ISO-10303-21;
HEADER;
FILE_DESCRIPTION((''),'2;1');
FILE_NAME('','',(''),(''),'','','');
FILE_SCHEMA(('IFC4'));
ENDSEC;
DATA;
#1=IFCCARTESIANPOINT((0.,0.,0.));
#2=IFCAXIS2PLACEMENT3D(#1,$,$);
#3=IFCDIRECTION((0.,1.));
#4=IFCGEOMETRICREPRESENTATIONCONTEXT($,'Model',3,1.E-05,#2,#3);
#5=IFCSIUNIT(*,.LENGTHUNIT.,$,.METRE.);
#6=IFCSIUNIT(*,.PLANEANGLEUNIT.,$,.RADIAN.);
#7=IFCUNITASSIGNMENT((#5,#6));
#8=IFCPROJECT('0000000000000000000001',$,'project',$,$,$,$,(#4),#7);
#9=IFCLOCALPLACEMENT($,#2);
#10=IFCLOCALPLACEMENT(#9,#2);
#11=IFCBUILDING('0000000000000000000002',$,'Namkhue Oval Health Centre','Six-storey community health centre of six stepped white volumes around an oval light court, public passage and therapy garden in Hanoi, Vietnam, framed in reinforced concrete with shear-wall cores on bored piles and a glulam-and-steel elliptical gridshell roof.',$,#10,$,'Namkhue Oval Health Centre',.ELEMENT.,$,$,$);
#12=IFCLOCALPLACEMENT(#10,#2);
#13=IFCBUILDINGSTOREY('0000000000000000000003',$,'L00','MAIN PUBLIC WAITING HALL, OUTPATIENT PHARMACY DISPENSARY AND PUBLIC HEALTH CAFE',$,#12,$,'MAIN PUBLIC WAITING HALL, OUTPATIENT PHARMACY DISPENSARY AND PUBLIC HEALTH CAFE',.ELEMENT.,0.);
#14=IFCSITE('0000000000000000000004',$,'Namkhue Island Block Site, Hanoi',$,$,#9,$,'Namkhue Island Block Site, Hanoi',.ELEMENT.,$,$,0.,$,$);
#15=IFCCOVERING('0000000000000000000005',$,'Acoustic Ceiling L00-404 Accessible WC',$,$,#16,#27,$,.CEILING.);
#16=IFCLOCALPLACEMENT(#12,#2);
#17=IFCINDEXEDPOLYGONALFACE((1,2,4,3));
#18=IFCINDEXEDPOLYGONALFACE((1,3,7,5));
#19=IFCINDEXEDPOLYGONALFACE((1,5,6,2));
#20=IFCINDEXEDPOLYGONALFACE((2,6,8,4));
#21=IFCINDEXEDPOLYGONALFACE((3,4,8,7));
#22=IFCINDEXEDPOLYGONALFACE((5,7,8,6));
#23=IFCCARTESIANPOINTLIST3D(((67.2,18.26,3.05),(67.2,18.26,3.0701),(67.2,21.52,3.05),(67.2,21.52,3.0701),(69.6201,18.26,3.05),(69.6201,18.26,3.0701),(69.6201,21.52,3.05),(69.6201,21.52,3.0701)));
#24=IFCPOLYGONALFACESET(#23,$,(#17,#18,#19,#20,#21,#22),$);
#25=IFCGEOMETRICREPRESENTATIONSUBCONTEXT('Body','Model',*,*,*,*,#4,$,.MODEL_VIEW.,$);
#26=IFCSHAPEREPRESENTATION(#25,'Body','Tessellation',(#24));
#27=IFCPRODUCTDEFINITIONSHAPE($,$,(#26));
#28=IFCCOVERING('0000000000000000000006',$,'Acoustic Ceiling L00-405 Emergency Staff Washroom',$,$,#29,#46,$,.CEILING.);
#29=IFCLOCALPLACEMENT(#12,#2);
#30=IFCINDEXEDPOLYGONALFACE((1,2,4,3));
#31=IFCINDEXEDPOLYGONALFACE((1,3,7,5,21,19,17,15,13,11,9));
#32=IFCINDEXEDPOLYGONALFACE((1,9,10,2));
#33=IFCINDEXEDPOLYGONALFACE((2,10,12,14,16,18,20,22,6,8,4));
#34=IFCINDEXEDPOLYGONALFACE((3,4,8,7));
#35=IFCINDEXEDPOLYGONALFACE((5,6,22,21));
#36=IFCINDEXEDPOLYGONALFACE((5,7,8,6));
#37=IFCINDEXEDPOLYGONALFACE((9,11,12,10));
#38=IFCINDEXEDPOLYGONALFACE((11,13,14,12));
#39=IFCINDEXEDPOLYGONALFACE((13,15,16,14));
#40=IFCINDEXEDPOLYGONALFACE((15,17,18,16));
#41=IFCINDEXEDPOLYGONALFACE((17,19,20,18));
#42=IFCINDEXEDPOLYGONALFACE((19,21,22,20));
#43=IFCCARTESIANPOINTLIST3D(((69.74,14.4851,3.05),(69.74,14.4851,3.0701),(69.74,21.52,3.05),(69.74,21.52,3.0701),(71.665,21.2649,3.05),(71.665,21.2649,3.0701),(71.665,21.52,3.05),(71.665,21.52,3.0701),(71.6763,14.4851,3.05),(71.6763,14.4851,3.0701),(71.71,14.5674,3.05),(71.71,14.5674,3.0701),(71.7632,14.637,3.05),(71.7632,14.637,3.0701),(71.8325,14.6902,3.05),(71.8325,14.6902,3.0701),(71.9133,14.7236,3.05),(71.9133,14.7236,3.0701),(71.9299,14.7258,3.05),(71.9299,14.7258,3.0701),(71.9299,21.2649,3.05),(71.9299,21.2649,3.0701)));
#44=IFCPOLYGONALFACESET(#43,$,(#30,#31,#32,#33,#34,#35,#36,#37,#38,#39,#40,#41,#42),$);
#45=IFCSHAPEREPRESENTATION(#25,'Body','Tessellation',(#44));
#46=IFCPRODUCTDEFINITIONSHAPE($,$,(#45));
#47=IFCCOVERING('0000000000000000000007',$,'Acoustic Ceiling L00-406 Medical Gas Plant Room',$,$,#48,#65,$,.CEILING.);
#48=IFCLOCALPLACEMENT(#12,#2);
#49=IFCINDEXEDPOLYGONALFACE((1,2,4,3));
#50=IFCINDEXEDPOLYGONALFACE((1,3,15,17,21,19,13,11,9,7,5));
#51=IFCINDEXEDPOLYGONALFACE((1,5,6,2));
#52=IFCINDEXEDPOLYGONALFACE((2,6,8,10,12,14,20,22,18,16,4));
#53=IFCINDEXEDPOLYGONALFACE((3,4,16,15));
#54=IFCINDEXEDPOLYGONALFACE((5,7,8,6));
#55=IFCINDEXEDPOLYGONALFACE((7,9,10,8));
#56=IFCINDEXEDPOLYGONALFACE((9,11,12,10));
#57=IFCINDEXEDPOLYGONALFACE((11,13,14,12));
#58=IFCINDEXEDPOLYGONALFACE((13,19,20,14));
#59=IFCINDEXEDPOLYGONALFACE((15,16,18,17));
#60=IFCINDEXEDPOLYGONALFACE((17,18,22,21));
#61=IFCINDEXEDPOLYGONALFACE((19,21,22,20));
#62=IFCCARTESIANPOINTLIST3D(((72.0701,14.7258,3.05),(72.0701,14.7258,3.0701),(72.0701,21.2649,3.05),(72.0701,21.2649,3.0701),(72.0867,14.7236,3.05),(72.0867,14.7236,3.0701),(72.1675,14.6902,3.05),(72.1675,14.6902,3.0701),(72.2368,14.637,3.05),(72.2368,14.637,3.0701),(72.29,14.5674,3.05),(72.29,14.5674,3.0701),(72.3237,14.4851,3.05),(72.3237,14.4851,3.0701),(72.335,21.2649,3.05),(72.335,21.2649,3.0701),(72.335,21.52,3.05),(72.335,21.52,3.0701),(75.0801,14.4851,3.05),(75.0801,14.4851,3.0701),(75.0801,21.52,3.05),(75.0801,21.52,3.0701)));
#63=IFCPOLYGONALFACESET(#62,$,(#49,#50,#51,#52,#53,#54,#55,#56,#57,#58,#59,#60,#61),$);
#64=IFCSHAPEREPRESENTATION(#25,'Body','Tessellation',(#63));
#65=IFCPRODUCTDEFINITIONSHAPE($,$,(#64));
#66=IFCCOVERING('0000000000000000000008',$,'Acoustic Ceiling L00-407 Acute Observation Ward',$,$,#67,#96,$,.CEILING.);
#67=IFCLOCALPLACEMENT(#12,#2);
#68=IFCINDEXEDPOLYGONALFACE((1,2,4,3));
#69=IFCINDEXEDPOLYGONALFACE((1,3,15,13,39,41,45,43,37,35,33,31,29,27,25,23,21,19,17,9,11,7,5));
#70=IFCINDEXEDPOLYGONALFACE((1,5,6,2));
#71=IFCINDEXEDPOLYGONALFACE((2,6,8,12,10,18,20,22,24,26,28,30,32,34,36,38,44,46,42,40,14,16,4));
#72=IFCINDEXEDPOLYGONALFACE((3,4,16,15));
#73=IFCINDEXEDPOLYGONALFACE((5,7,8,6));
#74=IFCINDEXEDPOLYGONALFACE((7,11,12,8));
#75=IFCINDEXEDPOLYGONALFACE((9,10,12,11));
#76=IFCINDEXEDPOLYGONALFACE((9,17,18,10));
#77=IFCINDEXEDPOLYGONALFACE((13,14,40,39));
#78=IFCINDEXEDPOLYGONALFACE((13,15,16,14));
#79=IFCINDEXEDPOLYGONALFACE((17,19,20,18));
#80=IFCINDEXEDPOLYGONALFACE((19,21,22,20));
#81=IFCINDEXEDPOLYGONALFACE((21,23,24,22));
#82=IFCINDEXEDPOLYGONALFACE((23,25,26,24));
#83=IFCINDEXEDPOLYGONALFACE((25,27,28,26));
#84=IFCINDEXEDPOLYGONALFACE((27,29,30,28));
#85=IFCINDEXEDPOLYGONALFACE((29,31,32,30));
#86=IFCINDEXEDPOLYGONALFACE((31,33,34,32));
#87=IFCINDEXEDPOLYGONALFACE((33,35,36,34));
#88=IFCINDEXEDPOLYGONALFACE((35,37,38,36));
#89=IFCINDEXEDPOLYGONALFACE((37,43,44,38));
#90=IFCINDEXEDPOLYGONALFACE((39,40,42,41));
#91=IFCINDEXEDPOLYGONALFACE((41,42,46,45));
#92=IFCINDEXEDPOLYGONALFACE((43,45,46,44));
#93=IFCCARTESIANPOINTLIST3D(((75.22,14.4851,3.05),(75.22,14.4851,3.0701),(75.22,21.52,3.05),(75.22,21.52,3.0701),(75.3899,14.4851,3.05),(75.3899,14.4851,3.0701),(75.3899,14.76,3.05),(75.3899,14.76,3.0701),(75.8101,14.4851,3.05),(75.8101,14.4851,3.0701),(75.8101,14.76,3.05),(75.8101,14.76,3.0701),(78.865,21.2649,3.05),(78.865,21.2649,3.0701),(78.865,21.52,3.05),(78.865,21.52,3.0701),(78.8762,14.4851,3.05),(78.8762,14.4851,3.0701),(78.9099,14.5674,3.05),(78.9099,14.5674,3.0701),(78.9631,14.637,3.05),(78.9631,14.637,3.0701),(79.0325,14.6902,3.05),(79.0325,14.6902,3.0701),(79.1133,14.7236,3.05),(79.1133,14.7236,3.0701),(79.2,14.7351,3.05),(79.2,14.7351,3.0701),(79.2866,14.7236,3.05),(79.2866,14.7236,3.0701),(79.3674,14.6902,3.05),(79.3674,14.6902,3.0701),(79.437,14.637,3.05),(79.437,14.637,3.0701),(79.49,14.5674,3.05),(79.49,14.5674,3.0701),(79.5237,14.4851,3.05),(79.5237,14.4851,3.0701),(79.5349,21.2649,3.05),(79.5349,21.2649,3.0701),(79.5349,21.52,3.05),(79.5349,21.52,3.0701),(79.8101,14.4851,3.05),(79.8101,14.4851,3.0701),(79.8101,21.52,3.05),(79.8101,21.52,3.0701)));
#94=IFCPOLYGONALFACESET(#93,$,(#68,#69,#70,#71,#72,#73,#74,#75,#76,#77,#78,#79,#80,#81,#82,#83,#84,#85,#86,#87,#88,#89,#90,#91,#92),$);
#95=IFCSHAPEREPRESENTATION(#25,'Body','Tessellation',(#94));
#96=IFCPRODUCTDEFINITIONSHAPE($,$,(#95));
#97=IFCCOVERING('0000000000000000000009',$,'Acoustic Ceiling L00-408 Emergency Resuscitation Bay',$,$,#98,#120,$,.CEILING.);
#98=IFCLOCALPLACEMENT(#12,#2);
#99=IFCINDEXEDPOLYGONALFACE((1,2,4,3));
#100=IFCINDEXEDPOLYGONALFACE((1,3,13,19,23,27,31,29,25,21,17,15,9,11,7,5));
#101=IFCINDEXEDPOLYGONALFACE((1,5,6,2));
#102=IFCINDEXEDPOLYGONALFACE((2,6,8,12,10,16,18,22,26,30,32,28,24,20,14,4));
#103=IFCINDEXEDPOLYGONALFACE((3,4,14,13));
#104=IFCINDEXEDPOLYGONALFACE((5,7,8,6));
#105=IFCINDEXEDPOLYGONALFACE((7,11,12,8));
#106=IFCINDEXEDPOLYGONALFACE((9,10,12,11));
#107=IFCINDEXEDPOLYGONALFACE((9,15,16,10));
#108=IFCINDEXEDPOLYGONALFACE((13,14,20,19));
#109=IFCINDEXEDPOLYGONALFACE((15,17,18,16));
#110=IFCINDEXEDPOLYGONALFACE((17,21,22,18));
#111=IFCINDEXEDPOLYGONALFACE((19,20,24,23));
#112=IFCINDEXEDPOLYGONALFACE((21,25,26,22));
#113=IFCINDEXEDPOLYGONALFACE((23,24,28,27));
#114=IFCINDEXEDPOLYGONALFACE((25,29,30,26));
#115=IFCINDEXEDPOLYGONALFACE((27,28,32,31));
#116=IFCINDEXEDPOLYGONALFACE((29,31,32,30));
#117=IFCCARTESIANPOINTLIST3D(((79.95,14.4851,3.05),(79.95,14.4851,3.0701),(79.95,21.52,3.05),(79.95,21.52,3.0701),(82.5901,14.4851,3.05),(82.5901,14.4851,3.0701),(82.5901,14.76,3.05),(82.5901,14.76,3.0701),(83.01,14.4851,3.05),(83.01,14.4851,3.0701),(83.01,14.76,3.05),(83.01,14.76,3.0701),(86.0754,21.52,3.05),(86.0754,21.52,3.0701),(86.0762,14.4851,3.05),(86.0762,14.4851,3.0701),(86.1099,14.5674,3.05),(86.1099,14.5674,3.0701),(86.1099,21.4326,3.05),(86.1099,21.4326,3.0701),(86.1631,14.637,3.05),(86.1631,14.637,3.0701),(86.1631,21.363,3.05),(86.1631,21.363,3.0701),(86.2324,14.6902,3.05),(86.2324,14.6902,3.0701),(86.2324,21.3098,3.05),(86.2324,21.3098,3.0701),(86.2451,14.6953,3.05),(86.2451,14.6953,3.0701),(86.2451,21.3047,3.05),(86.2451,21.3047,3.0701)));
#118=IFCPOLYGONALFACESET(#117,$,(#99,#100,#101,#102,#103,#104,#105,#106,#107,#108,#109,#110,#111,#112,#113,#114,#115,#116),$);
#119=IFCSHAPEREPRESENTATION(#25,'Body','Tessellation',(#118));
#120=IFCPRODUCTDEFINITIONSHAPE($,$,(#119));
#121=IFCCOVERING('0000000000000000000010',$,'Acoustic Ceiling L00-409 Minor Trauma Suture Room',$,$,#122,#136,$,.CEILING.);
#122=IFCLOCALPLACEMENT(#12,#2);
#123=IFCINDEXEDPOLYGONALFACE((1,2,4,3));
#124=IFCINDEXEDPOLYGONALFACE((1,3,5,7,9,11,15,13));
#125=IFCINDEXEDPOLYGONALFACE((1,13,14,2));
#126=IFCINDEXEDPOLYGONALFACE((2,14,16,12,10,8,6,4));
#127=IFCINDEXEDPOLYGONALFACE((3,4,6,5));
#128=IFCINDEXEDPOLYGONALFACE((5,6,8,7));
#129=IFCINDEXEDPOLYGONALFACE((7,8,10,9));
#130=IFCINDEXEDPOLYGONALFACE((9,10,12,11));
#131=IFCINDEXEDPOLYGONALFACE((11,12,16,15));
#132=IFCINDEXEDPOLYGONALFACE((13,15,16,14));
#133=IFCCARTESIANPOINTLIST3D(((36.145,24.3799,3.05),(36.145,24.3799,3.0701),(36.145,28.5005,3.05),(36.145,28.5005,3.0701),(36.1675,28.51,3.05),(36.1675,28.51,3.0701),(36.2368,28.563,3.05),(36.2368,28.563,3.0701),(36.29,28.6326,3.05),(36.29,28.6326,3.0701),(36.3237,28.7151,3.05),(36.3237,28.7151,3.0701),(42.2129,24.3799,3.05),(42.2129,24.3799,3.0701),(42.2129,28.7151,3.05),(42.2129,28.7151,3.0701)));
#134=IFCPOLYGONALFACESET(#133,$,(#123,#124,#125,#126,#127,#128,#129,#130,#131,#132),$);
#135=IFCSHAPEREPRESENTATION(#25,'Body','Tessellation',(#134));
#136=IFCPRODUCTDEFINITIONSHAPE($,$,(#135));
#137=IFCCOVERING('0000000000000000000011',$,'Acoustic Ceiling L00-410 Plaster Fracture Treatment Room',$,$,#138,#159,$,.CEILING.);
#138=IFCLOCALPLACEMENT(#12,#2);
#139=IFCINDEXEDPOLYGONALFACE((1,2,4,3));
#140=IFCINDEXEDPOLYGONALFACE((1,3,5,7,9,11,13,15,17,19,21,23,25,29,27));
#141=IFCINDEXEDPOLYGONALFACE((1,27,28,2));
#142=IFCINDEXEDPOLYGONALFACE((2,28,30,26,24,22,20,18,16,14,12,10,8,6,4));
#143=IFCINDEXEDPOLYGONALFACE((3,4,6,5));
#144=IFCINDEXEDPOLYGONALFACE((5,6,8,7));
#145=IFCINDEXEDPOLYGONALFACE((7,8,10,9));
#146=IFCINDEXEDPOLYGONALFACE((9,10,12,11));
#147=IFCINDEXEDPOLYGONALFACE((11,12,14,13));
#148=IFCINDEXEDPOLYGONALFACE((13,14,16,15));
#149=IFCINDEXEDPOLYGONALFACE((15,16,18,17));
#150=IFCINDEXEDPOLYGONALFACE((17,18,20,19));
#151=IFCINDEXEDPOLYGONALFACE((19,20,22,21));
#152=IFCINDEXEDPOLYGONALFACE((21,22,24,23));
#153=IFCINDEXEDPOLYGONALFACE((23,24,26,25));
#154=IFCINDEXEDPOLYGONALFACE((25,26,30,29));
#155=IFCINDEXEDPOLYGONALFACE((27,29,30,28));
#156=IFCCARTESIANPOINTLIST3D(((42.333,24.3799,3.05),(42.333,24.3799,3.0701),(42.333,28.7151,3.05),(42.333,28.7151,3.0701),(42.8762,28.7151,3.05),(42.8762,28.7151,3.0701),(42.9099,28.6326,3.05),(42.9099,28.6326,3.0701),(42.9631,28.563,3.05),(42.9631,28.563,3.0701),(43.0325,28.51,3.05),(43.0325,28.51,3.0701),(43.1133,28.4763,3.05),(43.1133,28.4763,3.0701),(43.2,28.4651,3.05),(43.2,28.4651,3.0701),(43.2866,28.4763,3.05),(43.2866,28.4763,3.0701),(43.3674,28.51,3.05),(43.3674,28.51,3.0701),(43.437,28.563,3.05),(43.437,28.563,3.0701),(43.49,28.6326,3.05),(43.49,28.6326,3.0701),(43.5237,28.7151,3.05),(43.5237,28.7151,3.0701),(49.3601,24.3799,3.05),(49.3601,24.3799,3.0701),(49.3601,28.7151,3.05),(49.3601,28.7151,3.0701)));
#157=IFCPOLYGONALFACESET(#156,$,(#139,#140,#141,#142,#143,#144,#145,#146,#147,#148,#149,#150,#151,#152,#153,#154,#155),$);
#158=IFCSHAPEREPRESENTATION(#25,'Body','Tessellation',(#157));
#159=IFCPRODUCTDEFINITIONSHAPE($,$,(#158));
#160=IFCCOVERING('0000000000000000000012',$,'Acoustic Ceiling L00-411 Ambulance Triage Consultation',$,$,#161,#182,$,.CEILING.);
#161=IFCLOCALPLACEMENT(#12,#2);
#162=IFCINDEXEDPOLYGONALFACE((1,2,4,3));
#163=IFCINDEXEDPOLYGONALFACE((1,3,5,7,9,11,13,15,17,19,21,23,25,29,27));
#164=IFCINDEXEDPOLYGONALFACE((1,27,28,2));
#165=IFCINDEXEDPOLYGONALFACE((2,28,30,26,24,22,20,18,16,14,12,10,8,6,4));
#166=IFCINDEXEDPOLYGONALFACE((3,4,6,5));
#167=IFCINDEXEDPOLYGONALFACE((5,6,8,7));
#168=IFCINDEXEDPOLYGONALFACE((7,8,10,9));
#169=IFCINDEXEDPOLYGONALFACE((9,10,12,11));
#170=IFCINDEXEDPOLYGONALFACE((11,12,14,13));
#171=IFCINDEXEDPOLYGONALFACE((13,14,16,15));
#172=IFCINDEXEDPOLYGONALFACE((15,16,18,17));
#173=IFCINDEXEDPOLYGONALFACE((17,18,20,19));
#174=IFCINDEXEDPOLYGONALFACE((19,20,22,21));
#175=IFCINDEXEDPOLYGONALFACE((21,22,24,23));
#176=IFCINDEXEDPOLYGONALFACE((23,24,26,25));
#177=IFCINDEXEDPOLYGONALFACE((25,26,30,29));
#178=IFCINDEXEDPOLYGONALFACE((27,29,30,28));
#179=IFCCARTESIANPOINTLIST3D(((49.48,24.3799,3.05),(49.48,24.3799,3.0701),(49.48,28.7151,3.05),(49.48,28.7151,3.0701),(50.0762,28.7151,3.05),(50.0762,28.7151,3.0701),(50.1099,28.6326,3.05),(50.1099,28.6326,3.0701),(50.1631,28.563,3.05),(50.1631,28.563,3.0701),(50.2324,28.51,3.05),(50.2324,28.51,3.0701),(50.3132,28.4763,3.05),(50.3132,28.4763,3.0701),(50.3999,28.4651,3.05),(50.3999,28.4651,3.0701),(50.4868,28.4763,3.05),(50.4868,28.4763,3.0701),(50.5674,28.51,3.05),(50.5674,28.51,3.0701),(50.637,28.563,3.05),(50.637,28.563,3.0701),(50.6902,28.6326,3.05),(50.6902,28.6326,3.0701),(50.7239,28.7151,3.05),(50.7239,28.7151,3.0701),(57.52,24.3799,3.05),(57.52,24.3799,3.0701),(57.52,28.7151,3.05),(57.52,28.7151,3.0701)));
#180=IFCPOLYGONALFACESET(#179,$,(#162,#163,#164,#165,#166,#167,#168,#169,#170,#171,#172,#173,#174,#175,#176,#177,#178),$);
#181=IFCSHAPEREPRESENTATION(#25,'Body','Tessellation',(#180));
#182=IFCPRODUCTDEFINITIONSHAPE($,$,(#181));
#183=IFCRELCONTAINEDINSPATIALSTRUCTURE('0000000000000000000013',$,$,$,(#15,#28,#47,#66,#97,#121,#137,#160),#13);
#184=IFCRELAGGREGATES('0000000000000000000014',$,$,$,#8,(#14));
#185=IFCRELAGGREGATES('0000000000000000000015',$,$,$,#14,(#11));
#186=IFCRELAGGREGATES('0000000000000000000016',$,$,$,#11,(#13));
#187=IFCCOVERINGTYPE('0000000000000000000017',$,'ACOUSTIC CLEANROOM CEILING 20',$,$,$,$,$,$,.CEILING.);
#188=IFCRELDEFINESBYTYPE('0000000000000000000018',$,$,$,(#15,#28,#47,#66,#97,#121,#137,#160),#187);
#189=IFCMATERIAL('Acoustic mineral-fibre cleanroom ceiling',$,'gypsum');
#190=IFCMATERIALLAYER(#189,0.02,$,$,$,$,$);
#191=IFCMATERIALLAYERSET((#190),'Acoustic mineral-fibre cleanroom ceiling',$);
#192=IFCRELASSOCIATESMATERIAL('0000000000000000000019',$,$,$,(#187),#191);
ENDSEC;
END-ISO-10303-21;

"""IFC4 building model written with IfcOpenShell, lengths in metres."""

from ifc_helpers import new_model, si_unit, direction, frame, origin, place, context, subcontext, project, spatial, polyline, outline, extrude, material, layer, layer_set, type_object, element, save


model = new_model("IFC4")

# Units and contexts
model_context = context("Model", 3, precision=1e-05, world=origin(), true_north=direction((0.0, 1.0)))
body_context = subcontext(model_context, "Body", "Model", "MODEL_VIEW")
ifc_project = project(units=[si_unit("LENGTHUNIT", "METRE"), si_unit("PLANEANGLEUNIT", "RADIAN")], contexts=[model_context])

# Site, building, storey
site_placement = place(None, origin())
site = spatial("IfcSite", under=ifc_project, at=site_placement, Name="Namkhue Island Block Site, Hanoi", LongName="Namkhue Island Block Site, Hanoi", CompositionType="ELEMENT", RefElevation=0.0)
building_placement = place(site_placement, origin())
building = spatial("IfcBuilding", under=site, at=building_placement, Name="Namkhue Oval Health Centre", Description="Six-storey community health centre of six stepped white volumes around an oval light court, public passage and therapy garden in Hanoi, Vietnam, framed in reinforced concrete with shear-wall cores on bored piles and a glulam-and-steel elliptical gridshell roof.", LongName="Namkhue Oval Health Centre", CompositionType="ELEMENT")
storey_placement = place(building_placement, origin())
storey = spatial("IfcBuildingStorey", under=building, at=storey_placement, Name="L00", Description="MAIN PUBLIC WAITING HALL, OUTPATIENT PHARMACY DISPENSARY AND PUBLIC HEALTH CAFE", LongName="MAIN PUBLIC WAITING HALL, OUTPATIENT PHARMACY DISPENSARY AND PUBLIC HEALTH CAFE", CompositionType="ELEMENT", Elevation=0.0)

# Coverings
ifc_material_1 = material(Name="Acoustic mineral-fibre cleanroom ceiling", Category="gypsum")
ifc_layer_1 = layer(ifc_material_1, 0.02)
ifc_layer_set_1 = layer_set([ifc_layer_1], Name="Acoustic mineral-fibre cleanroom ceiling")
covering_type_1 = type_object("IfcCoveringType", Name="ACOUSTIC CLEANROOM CEILING 20", PredefinedType="CEILING", material=ifc_layer_set_1)
covering_1_placement = place(storey_placement, frame((0.0, 0.0, 3.05)))
element("IfcCovering", 1, at=covering_1_placement, inside=storey, type_object=covering_type_1, Name="Acoustic Ceiling L00-404 Accessible WC", PredefinedType="CEILING", context=body_context, shape_type="SweptSolid", body=[
    extrude(outline(polyline([(67.2, 18.26), (67.2, 21.52), (69.6201, 21.52), (69.6201, 18.26), (67.2, 18.26)])), origin(), (0.0, 0.0, 1.0), 0.02),
])
covering_2_placement = place(storey_placement, frame((0.0, 0.0, 3.05)))
element("IfcCovering", 2, at=covering_2_placement, inside=storey, type_object=covering_type_1, Name="Acoustic Ceiling L00-405 Emergency Staff Washroom", PredefinedType="CEILING", context=body_context, shape_type="SweptSolid", body=[
    extrude(outline(polyline([(69.74, 14.4851), (69.74, 21.52), (71.665, 21.52), (71.665, 21.2649), (71.9299, 21.2649), (71.9299, 14.7258), (71.9133, 14.7236), (71.8325, 14.6902), (71.7632, 14.637), (71.71, 14.5674), (71.6763, 14.4851), (69.74, 14.4851)])), origin(), (0.0, 0.0, 1.0), 0.02),
])
covering_3_placement = place(storey_placement, frame((0.0, 0.0, 3.05)))
element("IfcCovering", 3, at=covering_3_placement, inside=storey, type_object=covering_type_1, Name="Acoustic Ceiling L00-406 Medical Gas Plant Room", PredefinedType="CEILING", context=body_context, shape_type="SweptSolid", body=[
    extrude(outline(polyline([(72.3237, 14.4851), (72.29, 14.5674), (72.2368, 14.637), (72.1675, 14.6902), (72.0867, 14.7236), (72.0701, 14.7258), (72.0701, 21.2649), (72.335, 21.2649), (72.335, 21.52), (75.0801, 21.52), (75.0801, 14.4851), (72.3237, 14.4851)])), origin(), (0.0, 0.0, 1.0), 0.02),
])
covering_4_placement = place(storey_placement, frame((0.0, 0.0, 3.05)))
element("IfcCovering", 4, at=covering_4_placement, inside=storey, type_object=covering_type_1, Name="Acoustic Ceiling L00-407 Acute Observation Ward", PredefinedType="CEILING", context=body_context, shape_type="SweptSolid", body=[
    extrude(outline(polyline([(79.5237, 14.4851), (79.49, 14.5674), (79.437, 14.637), (79.3674, 14.6902), (79.2866, 14.7236), (79.2, 14.7351), (79.1133, 14.7236), (79.0325, 14.6902), (78.9631, 14.637), (78.9099, 14.5674), (78.8762, 14.4851), (75.8101, 14.4851), (75.8101, 14.76), (75.3899, 14.76), (75.3899, 14.4851), (75.22, 14.4851), (75.22, 21.52), (78.865, 21.52), (78.865, 21.2649), (79.5349, 21.2649), (79.5349, 21.52), (79.8101, 21.52), (79.8101, 14.4851), (79.5237, 14.4851)])), origin(), (0.0, 0.0, 1.0), 0.02),
])
covering_5_placement = place(storey_placement, frame((0.0, 0.0, 3.05)))
element("IfcCovering", 5, at=covering_5_placement, inside=storey, type_object=covering_type_1, Name="Acoustic Ceiling L00-408 Emergency Resuscitation Bay", PredefinedType="CEILING", context=body_context, shape_type="SweptSolid", body=[
    extrude(outline(polyline([(83.01, 14.4851), (83.01, 14.76), (82.5901, 14.76), (82.5901, 14.4851), (79.95, 14.4851), (79.95, 21.52), (86.0754, 21.52), (86.1099, 21.4326), (86.1631, 21.363), (86.2324, 21.3098), (86.2451, 21.3047), (86.2451, 14.6953), (86.2324, 14.6902), (86.1631, 14.637), (86.1099, 14.5674), (86.0762, 14.4851), (83.01, 14.4851)])), origin(), (0.0, 0.0, 1.0), 0.02),
])
covering_6_placement = place(storey_placement, frame((0.0, 0.0, 3.05)))
element("IfcCovering", 6, at=covering_6_placement, inside=storey, type_object=covering_type_1, Name="Acoustic Ceiling L00-409 Minor Trauma Suture Room", PredefinedType="CEILING", context=body_context, shape_type="SweptSolid", body=[
    extrude(outline(polyline([(36.145, 24.3799), (36.145, 28.5005), (36.1675, 28.51), (36.2368, 28.563), (36.29, 28.6326), (36.3237, 28.7151), (42.2129, 28.7151), (42.2129, 24.3799), (36.145, 24.3799)])), origin(), (0.0, 0.0, 1.0), 0.02),
])
covering_7_placement = place(storey_placement, frame((0.0, 0.0, 3.05)))
element("IfcCovering", 7, at=covering_7_placement, inside=storey, type_object=covering_type_1, Name="Acoustic Ceiling L00-410 Plaster Fracture Treatment Room", PredefinedType="CEILING", context=body_context, shape_type="SweptSolid", body=[
    extrude(outline(polyline([(42.333, 24.3799), (42.333, 28.7151), (42.8762, 28.7151), (42.9099, 28.6326), (42.9631, 28.563), (43.0325, 28.51), (43.1133, 28.4763), (43.2, 28.4651), (43.2866, 28.4763), (43.3674, 28.51), (43.437, 28.563), (43.49, 28.6326), (43.5237, 28.7151), (49.3601, 28.7151), (49.3601, 24.3799), (42.333, 24.3799)])), origin(), (0.0, 0.0, 1.0), 0.02),
])
covering_8_placement = place(storey_placement, frame((0.0, 0.0, 3.05)))
element("IfcCovering", 8, at=covering_8_placement, inside=storey, type_object=covering_type_1, Name="Acoustic Ceiling L00-411 Ambulance Triage Consultation", PredefinedType="CEILING", context=body_context, shape_type="SweptSolid", body=[
    extrude(outline(polyline([(49.48, 24.3799), (49.48, 28.7151), (50.0762, 28.7151), (50.1099, 28.6326), (50.1631, 28.563), (50.2324, 28.51), (50.3132, 28.4763), (50.3999, 28.4651), (50.4868, 28.4763), (50.5674, 28.51), (50.637, 28.563), (50.6902, 28.6326), (50.7239, 28.7151), (57.52, 28.7151), (57.52, 24.3799), (49.48, 24.3799)])), origin(), (0.0, 0.0, 1.0), 0.02),
])

save(model, "model.ifc")
